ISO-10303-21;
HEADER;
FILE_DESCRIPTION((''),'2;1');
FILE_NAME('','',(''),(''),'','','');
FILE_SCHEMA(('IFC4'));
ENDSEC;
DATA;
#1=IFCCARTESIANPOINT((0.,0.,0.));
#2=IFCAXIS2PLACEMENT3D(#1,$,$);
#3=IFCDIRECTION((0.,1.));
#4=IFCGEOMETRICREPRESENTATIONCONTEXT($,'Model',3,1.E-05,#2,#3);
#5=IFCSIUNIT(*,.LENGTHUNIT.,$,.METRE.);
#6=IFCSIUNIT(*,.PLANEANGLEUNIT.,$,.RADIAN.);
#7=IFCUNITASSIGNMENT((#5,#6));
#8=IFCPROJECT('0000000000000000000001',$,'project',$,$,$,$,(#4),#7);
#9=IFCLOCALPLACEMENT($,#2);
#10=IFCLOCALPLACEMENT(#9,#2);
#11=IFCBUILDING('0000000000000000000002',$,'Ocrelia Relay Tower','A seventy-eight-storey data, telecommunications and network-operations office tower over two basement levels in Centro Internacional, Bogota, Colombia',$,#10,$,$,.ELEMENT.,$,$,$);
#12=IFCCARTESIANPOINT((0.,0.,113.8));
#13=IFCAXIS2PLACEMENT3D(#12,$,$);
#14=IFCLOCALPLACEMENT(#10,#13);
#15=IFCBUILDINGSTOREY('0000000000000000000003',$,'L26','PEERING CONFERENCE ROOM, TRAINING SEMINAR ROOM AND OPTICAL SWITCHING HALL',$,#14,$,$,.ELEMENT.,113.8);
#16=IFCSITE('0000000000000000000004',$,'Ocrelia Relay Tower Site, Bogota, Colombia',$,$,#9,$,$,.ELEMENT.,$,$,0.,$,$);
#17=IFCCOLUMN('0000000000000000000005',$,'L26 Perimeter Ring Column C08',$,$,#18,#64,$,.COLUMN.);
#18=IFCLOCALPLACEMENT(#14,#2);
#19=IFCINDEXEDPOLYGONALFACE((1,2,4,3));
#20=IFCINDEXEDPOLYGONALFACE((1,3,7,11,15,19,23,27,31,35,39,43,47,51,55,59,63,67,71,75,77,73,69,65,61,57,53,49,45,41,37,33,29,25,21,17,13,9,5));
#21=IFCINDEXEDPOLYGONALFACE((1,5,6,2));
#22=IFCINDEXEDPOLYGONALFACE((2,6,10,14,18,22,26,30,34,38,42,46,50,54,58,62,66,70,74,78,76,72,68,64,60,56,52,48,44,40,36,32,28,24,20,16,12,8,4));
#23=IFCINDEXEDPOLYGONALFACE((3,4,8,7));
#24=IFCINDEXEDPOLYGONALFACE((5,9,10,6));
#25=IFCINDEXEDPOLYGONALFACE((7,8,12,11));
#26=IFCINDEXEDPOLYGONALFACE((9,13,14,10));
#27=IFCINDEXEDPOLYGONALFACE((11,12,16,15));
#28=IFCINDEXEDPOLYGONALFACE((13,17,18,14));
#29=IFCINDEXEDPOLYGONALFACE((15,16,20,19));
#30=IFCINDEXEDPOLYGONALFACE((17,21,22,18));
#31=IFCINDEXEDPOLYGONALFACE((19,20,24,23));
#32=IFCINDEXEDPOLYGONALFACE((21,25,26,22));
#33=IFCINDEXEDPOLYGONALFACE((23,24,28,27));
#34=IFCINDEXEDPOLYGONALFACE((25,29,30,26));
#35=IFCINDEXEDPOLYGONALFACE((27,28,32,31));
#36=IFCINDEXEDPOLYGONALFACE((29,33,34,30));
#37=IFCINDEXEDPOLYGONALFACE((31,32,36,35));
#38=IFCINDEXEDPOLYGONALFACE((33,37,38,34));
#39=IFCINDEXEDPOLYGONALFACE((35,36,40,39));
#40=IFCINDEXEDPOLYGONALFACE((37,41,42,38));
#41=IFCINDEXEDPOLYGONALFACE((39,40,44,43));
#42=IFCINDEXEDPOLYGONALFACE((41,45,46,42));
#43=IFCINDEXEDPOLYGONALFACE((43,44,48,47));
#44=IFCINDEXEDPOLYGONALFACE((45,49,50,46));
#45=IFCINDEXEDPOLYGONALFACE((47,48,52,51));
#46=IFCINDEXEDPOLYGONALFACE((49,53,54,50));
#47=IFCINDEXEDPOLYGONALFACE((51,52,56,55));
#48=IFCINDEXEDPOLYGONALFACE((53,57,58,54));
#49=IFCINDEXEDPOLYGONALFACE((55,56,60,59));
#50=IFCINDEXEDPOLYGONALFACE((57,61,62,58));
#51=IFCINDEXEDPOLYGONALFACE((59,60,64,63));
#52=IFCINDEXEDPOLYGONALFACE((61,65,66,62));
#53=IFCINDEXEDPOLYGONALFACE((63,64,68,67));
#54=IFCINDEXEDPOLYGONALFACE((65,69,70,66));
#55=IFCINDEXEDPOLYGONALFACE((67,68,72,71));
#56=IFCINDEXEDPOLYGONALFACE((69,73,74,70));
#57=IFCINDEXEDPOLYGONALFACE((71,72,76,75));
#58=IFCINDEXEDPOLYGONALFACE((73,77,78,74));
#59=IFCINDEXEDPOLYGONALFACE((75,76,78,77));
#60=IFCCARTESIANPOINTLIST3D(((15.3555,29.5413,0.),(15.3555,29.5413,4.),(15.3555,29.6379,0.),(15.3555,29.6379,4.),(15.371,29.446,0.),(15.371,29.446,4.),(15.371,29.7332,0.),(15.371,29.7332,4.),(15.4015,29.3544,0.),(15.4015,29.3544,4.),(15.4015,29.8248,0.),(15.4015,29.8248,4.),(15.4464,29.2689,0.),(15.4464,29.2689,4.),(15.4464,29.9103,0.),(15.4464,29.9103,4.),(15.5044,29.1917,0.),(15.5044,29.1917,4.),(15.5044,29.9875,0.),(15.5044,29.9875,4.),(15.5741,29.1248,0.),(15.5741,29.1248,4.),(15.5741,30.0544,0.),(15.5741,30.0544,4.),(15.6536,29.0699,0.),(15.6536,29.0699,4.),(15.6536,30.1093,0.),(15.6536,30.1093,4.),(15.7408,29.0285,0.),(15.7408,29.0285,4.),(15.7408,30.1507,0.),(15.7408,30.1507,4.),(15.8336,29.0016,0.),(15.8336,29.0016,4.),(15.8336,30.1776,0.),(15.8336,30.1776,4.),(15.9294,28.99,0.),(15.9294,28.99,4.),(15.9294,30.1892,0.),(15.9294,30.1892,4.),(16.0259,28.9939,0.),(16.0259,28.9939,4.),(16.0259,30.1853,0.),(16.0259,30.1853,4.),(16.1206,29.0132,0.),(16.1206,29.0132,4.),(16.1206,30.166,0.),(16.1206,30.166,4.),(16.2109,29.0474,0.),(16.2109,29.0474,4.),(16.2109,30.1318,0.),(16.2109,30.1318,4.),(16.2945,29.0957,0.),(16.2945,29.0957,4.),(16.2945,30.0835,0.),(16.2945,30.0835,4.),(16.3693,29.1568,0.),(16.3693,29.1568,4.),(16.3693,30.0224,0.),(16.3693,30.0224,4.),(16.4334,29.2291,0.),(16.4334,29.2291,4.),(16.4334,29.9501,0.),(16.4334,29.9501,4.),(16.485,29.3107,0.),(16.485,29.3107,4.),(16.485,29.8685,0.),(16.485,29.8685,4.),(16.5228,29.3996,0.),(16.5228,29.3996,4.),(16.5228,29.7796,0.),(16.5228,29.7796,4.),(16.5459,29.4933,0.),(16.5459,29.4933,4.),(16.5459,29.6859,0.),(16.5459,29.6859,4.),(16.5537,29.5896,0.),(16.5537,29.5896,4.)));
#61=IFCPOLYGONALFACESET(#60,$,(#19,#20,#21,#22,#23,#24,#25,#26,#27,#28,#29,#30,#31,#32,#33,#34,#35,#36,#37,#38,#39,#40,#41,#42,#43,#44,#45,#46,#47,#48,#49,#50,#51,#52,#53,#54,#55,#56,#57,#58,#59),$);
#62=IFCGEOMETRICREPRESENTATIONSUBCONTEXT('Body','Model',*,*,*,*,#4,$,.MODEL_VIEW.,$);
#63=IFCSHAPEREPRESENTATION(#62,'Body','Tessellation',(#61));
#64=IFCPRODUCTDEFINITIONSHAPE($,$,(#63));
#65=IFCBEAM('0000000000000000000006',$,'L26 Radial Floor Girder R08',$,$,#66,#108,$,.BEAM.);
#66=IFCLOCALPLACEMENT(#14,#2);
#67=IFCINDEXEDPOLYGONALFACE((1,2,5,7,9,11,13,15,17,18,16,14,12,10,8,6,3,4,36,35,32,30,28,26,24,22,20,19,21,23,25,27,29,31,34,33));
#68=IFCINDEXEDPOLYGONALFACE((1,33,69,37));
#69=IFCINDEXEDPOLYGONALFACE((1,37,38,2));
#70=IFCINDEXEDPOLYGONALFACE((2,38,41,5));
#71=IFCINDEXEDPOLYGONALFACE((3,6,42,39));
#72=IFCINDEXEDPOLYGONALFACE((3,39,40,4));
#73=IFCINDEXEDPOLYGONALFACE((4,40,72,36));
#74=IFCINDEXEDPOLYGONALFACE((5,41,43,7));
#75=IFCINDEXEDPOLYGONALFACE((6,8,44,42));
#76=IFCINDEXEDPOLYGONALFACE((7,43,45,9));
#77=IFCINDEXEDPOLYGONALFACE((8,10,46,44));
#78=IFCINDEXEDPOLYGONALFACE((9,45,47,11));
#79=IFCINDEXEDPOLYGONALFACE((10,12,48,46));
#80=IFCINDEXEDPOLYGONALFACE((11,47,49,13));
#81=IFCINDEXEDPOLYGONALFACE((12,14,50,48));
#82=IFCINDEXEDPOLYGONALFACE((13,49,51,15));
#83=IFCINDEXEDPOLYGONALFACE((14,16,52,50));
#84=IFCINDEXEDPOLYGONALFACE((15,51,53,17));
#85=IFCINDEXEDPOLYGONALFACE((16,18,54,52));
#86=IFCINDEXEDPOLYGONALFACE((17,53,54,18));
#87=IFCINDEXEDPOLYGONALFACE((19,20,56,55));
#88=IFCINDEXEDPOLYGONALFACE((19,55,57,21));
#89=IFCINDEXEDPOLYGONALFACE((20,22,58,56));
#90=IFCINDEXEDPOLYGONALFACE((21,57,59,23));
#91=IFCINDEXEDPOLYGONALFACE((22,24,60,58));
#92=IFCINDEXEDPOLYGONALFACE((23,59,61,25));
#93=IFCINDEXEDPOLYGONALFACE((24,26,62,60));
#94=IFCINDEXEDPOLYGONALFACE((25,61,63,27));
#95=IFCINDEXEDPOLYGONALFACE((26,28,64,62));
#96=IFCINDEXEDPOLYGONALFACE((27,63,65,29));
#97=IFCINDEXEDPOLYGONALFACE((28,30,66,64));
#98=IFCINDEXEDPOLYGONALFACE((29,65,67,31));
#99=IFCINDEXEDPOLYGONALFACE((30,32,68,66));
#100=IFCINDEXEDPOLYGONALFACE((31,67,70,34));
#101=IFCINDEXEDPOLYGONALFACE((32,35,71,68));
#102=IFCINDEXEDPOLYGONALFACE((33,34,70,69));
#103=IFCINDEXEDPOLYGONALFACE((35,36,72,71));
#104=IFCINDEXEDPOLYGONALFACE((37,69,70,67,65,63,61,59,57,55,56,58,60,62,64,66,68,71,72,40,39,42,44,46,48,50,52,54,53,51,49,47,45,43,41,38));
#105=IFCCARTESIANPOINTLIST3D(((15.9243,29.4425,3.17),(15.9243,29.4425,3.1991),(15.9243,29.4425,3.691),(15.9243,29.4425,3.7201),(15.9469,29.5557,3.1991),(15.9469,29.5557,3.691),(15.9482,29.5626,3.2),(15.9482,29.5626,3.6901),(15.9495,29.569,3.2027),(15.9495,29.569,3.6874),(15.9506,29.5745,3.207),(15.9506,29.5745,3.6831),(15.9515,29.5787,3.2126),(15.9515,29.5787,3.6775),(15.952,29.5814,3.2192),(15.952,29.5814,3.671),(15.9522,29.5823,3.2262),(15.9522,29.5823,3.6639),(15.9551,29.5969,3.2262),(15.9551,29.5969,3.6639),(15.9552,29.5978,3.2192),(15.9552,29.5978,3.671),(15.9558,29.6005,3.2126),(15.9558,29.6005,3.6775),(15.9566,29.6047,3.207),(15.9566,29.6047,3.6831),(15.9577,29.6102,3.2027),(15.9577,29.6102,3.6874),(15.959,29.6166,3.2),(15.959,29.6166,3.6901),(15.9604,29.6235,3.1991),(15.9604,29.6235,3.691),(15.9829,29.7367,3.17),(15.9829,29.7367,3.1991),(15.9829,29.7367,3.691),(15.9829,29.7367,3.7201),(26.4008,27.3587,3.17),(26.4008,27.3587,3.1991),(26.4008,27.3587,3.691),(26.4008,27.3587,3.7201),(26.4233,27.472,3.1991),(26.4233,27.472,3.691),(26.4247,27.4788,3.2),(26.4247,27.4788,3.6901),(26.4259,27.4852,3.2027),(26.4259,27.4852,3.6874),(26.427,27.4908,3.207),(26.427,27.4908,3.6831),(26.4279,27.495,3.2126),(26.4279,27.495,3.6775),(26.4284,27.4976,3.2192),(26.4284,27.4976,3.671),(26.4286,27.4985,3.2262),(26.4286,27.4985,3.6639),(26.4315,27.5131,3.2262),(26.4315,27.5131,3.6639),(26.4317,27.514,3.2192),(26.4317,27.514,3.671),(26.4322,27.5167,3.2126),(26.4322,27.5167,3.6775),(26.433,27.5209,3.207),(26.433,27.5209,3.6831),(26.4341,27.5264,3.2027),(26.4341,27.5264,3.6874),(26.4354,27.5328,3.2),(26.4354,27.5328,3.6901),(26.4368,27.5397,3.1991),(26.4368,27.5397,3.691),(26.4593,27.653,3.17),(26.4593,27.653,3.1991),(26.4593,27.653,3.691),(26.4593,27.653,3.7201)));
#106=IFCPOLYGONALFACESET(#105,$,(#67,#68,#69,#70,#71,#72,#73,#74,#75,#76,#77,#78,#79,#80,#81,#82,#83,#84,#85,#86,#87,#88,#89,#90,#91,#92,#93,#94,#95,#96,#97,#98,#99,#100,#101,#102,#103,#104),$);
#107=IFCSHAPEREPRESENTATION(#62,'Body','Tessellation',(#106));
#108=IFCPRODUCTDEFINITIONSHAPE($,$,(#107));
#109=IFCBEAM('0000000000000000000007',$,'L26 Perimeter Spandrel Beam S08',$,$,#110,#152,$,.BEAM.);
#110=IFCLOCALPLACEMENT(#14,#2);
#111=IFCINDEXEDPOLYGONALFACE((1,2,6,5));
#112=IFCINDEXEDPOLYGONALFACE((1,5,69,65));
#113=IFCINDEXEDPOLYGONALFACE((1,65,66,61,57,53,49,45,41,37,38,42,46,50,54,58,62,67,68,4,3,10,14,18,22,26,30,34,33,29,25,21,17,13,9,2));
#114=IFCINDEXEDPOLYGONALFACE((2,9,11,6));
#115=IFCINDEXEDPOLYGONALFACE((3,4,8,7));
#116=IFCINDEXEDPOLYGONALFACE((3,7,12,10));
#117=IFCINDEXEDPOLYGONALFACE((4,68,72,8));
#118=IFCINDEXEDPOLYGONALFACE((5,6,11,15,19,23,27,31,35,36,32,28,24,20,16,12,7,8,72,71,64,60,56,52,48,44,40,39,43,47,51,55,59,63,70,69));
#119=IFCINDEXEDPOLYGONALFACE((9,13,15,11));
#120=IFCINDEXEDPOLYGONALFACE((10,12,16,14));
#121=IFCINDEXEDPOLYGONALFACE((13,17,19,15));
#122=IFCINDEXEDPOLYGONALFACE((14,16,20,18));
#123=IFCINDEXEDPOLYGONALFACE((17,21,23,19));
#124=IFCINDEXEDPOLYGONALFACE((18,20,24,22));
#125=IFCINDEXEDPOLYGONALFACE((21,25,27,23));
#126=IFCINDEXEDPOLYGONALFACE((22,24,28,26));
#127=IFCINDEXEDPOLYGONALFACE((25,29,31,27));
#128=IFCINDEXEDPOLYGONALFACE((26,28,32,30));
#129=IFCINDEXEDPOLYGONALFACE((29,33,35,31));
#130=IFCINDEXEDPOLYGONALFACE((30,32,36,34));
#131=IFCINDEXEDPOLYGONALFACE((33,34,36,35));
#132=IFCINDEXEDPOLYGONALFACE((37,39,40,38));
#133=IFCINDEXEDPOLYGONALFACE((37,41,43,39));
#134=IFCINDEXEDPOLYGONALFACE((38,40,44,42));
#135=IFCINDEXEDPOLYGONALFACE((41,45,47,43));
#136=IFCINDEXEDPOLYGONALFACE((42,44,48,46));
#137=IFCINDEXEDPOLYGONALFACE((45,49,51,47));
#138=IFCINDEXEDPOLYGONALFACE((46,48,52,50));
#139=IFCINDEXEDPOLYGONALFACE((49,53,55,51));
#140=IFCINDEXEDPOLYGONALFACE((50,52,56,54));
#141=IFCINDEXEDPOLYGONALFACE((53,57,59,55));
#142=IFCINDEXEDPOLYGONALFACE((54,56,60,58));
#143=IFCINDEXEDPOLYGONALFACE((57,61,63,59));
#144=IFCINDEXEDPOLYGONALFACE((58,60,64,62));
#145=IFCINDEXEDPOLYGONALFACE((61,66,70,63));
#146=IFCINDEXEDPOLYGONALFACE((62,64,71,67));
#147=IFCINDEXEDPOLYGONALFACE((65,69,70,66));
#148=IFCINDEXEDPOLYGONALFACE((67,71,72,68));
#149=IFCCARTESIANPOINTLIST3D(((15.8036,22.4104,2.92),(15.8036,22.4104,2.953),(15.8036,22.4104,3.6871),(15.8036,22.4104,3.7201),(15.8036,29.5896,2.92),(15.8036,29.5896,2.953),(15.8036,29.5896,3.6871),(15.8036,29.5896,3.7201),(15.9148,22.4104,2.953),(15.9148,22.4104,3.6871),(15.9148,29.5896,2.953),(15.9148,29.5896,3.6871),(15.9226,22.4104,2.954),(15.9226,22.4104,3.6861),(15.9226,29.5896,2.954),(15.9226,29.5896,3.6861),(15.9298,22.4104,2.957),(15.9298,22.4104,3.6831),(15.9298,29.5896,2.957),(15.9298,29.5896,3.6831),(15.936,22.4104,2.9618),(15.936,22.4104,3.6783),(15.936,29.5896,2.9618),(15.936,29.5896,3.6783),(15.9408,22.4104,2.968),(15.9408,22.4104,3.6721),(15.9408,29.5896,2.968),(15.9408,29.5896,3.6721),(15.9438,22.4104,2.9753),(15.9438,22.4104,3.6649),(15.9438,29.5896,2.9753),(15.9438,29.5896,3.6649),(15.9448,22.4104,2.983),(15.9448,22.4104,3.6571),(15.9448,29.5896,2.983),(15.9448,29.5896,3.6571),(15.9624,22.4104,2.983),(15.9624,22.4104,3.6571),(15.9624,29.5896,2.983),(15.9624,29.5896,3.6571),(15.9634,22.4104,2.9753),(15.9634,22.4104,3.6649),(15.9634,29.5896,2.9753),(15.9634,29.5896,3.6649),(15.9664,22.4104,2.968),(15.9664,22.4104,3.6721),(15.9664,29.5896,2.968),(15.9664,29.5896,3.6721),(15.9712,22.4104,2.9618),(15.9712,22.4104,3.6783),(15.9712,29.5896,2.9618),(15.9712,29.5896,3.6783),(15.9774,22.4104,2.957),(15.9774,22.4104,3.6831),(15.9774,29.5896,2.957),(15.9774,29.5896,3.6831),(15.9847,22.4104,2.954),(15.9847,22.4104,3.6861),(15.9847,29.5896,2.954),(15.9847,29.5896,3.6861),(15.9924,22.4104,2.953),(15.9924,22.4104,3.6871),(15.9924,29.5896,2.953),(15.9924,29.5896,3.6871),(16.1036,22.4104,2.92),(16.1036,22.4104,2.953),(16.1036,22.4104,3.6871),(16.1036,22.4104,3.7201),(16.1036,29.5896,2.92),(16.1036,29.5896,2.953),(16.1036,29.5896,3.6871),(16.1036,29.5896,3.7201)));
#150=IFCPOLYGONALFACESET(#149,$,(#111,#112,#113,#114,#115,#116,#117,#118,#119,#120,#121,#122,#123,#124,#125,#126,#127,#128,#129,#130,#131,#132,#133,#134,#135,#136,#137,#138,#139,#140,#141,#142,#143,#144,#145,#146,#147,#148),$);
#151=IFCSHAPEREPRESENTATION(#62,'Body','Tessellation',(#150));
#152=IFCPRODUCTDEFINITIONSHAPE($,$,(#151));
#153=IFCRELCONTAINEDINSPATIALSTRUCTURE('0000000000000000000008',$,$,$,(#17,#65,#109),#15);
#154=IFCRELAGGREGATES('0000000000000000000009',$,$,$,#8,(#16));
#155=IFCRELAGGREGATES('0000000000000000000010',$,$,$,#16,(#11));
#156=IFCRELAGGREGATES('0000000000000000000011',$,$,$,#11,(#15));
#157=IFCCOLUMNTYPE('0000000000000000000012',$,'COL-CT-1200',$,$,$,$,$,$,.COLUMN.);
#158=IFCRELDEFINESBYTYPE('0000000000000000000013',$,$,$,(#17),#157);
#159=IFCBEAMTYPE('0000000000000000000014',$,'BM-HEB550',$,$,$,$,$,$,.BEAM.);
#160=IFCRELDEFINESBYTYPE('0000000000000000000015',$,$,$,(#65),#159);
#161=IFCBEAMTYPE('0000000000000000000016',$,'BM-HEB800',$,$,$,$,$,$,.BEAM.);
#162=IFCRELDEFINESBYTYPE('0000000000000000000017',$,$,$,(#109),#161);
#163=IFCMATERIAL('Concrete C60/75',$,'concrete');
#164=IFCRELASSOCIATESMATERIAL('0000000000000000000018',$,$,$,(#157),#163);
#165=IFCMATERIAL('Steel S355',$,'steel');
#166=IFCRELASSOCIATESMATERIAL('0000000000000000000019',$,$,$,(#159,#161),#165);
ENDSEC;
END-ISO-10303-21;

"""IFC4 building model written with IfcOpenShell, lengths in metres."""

from ifc_helpers import new_model, si_unit, direction, frame, origin, origin_2d, place, context, subcontext, project, spatial, circle, i_section, extrude, material, material_profile, profile_set, type_object, element, save


model = new_model("IFC4")

# Units and contexts
model_context = context("Model", 3, precision=1e-05, world=origin(), true_north=direction((0.0, 1.0)))
body_context = subcontext(model_context, "Body", "Model", "MODEL_VIEW")
ifc_project = project(units=[si_unit("LENGTHUNIT", "METRE"), si_unit("PLANEANGLEUNIT", "RADIAN")], contexts=[model_context])

# Site, building, storey
site_placement = place(None, origin())
site = spatial("IfcSite", under=ifc_project, at=site_placement, Name="Ocrelia Relay Tower Site, Bogota, Colombia", CompositionType="ELEMENT", RefElevation=0.0)
building_placement = place(site_placement, origin())
building = spatial("IfcBuilding", under=site, at=building_placement, Name="Ocrelia Relay Tower", Description="A seventy-eight-storey data, telecommunications and network-operations office tower over two basement levels in Centro Internacional, Bogota, Colombia", CompositionType="ELEMENT")
storey_placement = place(building_placement, frame((0.0, 0.0, 113.8)))
storey = spatial("IfcBuildingStorey", under=building, at=storey_placement, Name="L26", Description="PEERING CONFERENCE ROOM, TRAINING SEMINAR ROOM AND OPTICAL SWITCHING HALL", CompositionType="ELEMENT", Elevation=113.8)

# Column
ifc_material_1 = material(Name="Concrete C60/75", Category="concrete")
ifc_material_profile_1 = material_profile(ifc_material_1, circle(Radius=0.6001, at=origin_2d()), Name="RC-CIR-1200")
ifc_profile_set_1 = profile_set([ifc_material_profile_1], Name="Concrete C60/75")
column_type = type_object("IfcColumnType", Name="COL-CT-1200", PredefinedType="COLUMN", material=ifc_profile_set_1)
column_placement = place(storey_placement, frame((15.9536, 29.5896, 0.0), z_axis=(0.0, 0.0, 1.0), x_axis=(1.0, 0.0, 0.0)))
element("IfcColumn", 1, at=column_placement, inside=storey, type_object=column_type, Name="L26 Perimeter Ring Column C08", PredefinedType="COLUMN", context=body_context, shape_type="SweptSolid", body=[
    extrude(circle(Radius=0.6001, at=origin_2d()), origin(), (0.0, 0.0, 1.0), 4.0),
])

# Beams
ifc_material_2 = material(Name="Steel S355", Category="steel")
ifc_material_profile_2 = material_profile(ifc_material_2, i_section(OverallWidth=0.3, OverallDepth=0.55, WebThickness=0.0149, FlangeThickness=0.0291, FilletRadius=0.0271, at=origin_2d()), Name="HEB 550")
ifc_profile_set_2 = profile_set([ifc_material_profile_2], Name="Steel S355")
beam_type_1 = type_object("IfcBeamType", Name="BM-HEB550", PredefinedType="BEAM", material=ifc_profile_set_2)
beam_1_placement = place(storey_placement, frame((15.9536, 29.5896, 3.4451), z_axis=(0.980788, -0.195079, 0.0), x_axis=(0.195079, 0.980788, 0.0)))
element("IfcBeam", 2, at=beam_1_placement, inside=storey, type_object=beam_type_1, Name="L26 Radial Floor Girder R08", PredefinedType="BEAM", context=body_context, shape_type="SweptSolid", body=[
    extrude(i_section(OverallWidth=0.3, OverallDepth=0.55, WebThickness=0.0149, FlangeThickness=0.0291, FilletRadius=0.0271, at=origin_2d()), origin(), (0.0, 0.0, 1.0), 10.6816),
])
ifc_material_profile_3 = material_profile(ifc_material_2, i_section(OverallWidth=0.3, OverallDepth=0.8, WebThickness=0.0176, FlangeThickness=0.033, FilletRadius=0.03, at=origin_2d()), Name="HEB 800")
ifc_profile_set_3 = profile_set([ifc_material_profile_3], Name="Steel S355")
beam_type_2 = type_object("IfcBeamType", Name="BM-HEB800", PredefinedType="BEAM", material=ifc_profile_set_3)
beam_2_placement = place(storey_placement, frame((15.9536, 29.5896, 3.3201), z_axis=(0.0, -1.0, 0.0), x_axis=(1.0, 0.0, 0.0)))
element("IfcBeam", 3, at=beam_2_placement, inside=storey, type_object=beam_type_2, Name="L26 Perimeter Spandrel Beam S08", PredefinedType="BEAM", context=body_context, shape_type="SweptSolid", body=[
    extrude(i_section(OverallWidth=0.3, OverallDepth=0.8, WebThickness=0.0176, FlangeThickness=0.033, FilletRadius=0.03, at=origin_2d()), origin(), (0.0, 0.0, 1.0), 7.1792),
])

save(model, "model.ifc")
